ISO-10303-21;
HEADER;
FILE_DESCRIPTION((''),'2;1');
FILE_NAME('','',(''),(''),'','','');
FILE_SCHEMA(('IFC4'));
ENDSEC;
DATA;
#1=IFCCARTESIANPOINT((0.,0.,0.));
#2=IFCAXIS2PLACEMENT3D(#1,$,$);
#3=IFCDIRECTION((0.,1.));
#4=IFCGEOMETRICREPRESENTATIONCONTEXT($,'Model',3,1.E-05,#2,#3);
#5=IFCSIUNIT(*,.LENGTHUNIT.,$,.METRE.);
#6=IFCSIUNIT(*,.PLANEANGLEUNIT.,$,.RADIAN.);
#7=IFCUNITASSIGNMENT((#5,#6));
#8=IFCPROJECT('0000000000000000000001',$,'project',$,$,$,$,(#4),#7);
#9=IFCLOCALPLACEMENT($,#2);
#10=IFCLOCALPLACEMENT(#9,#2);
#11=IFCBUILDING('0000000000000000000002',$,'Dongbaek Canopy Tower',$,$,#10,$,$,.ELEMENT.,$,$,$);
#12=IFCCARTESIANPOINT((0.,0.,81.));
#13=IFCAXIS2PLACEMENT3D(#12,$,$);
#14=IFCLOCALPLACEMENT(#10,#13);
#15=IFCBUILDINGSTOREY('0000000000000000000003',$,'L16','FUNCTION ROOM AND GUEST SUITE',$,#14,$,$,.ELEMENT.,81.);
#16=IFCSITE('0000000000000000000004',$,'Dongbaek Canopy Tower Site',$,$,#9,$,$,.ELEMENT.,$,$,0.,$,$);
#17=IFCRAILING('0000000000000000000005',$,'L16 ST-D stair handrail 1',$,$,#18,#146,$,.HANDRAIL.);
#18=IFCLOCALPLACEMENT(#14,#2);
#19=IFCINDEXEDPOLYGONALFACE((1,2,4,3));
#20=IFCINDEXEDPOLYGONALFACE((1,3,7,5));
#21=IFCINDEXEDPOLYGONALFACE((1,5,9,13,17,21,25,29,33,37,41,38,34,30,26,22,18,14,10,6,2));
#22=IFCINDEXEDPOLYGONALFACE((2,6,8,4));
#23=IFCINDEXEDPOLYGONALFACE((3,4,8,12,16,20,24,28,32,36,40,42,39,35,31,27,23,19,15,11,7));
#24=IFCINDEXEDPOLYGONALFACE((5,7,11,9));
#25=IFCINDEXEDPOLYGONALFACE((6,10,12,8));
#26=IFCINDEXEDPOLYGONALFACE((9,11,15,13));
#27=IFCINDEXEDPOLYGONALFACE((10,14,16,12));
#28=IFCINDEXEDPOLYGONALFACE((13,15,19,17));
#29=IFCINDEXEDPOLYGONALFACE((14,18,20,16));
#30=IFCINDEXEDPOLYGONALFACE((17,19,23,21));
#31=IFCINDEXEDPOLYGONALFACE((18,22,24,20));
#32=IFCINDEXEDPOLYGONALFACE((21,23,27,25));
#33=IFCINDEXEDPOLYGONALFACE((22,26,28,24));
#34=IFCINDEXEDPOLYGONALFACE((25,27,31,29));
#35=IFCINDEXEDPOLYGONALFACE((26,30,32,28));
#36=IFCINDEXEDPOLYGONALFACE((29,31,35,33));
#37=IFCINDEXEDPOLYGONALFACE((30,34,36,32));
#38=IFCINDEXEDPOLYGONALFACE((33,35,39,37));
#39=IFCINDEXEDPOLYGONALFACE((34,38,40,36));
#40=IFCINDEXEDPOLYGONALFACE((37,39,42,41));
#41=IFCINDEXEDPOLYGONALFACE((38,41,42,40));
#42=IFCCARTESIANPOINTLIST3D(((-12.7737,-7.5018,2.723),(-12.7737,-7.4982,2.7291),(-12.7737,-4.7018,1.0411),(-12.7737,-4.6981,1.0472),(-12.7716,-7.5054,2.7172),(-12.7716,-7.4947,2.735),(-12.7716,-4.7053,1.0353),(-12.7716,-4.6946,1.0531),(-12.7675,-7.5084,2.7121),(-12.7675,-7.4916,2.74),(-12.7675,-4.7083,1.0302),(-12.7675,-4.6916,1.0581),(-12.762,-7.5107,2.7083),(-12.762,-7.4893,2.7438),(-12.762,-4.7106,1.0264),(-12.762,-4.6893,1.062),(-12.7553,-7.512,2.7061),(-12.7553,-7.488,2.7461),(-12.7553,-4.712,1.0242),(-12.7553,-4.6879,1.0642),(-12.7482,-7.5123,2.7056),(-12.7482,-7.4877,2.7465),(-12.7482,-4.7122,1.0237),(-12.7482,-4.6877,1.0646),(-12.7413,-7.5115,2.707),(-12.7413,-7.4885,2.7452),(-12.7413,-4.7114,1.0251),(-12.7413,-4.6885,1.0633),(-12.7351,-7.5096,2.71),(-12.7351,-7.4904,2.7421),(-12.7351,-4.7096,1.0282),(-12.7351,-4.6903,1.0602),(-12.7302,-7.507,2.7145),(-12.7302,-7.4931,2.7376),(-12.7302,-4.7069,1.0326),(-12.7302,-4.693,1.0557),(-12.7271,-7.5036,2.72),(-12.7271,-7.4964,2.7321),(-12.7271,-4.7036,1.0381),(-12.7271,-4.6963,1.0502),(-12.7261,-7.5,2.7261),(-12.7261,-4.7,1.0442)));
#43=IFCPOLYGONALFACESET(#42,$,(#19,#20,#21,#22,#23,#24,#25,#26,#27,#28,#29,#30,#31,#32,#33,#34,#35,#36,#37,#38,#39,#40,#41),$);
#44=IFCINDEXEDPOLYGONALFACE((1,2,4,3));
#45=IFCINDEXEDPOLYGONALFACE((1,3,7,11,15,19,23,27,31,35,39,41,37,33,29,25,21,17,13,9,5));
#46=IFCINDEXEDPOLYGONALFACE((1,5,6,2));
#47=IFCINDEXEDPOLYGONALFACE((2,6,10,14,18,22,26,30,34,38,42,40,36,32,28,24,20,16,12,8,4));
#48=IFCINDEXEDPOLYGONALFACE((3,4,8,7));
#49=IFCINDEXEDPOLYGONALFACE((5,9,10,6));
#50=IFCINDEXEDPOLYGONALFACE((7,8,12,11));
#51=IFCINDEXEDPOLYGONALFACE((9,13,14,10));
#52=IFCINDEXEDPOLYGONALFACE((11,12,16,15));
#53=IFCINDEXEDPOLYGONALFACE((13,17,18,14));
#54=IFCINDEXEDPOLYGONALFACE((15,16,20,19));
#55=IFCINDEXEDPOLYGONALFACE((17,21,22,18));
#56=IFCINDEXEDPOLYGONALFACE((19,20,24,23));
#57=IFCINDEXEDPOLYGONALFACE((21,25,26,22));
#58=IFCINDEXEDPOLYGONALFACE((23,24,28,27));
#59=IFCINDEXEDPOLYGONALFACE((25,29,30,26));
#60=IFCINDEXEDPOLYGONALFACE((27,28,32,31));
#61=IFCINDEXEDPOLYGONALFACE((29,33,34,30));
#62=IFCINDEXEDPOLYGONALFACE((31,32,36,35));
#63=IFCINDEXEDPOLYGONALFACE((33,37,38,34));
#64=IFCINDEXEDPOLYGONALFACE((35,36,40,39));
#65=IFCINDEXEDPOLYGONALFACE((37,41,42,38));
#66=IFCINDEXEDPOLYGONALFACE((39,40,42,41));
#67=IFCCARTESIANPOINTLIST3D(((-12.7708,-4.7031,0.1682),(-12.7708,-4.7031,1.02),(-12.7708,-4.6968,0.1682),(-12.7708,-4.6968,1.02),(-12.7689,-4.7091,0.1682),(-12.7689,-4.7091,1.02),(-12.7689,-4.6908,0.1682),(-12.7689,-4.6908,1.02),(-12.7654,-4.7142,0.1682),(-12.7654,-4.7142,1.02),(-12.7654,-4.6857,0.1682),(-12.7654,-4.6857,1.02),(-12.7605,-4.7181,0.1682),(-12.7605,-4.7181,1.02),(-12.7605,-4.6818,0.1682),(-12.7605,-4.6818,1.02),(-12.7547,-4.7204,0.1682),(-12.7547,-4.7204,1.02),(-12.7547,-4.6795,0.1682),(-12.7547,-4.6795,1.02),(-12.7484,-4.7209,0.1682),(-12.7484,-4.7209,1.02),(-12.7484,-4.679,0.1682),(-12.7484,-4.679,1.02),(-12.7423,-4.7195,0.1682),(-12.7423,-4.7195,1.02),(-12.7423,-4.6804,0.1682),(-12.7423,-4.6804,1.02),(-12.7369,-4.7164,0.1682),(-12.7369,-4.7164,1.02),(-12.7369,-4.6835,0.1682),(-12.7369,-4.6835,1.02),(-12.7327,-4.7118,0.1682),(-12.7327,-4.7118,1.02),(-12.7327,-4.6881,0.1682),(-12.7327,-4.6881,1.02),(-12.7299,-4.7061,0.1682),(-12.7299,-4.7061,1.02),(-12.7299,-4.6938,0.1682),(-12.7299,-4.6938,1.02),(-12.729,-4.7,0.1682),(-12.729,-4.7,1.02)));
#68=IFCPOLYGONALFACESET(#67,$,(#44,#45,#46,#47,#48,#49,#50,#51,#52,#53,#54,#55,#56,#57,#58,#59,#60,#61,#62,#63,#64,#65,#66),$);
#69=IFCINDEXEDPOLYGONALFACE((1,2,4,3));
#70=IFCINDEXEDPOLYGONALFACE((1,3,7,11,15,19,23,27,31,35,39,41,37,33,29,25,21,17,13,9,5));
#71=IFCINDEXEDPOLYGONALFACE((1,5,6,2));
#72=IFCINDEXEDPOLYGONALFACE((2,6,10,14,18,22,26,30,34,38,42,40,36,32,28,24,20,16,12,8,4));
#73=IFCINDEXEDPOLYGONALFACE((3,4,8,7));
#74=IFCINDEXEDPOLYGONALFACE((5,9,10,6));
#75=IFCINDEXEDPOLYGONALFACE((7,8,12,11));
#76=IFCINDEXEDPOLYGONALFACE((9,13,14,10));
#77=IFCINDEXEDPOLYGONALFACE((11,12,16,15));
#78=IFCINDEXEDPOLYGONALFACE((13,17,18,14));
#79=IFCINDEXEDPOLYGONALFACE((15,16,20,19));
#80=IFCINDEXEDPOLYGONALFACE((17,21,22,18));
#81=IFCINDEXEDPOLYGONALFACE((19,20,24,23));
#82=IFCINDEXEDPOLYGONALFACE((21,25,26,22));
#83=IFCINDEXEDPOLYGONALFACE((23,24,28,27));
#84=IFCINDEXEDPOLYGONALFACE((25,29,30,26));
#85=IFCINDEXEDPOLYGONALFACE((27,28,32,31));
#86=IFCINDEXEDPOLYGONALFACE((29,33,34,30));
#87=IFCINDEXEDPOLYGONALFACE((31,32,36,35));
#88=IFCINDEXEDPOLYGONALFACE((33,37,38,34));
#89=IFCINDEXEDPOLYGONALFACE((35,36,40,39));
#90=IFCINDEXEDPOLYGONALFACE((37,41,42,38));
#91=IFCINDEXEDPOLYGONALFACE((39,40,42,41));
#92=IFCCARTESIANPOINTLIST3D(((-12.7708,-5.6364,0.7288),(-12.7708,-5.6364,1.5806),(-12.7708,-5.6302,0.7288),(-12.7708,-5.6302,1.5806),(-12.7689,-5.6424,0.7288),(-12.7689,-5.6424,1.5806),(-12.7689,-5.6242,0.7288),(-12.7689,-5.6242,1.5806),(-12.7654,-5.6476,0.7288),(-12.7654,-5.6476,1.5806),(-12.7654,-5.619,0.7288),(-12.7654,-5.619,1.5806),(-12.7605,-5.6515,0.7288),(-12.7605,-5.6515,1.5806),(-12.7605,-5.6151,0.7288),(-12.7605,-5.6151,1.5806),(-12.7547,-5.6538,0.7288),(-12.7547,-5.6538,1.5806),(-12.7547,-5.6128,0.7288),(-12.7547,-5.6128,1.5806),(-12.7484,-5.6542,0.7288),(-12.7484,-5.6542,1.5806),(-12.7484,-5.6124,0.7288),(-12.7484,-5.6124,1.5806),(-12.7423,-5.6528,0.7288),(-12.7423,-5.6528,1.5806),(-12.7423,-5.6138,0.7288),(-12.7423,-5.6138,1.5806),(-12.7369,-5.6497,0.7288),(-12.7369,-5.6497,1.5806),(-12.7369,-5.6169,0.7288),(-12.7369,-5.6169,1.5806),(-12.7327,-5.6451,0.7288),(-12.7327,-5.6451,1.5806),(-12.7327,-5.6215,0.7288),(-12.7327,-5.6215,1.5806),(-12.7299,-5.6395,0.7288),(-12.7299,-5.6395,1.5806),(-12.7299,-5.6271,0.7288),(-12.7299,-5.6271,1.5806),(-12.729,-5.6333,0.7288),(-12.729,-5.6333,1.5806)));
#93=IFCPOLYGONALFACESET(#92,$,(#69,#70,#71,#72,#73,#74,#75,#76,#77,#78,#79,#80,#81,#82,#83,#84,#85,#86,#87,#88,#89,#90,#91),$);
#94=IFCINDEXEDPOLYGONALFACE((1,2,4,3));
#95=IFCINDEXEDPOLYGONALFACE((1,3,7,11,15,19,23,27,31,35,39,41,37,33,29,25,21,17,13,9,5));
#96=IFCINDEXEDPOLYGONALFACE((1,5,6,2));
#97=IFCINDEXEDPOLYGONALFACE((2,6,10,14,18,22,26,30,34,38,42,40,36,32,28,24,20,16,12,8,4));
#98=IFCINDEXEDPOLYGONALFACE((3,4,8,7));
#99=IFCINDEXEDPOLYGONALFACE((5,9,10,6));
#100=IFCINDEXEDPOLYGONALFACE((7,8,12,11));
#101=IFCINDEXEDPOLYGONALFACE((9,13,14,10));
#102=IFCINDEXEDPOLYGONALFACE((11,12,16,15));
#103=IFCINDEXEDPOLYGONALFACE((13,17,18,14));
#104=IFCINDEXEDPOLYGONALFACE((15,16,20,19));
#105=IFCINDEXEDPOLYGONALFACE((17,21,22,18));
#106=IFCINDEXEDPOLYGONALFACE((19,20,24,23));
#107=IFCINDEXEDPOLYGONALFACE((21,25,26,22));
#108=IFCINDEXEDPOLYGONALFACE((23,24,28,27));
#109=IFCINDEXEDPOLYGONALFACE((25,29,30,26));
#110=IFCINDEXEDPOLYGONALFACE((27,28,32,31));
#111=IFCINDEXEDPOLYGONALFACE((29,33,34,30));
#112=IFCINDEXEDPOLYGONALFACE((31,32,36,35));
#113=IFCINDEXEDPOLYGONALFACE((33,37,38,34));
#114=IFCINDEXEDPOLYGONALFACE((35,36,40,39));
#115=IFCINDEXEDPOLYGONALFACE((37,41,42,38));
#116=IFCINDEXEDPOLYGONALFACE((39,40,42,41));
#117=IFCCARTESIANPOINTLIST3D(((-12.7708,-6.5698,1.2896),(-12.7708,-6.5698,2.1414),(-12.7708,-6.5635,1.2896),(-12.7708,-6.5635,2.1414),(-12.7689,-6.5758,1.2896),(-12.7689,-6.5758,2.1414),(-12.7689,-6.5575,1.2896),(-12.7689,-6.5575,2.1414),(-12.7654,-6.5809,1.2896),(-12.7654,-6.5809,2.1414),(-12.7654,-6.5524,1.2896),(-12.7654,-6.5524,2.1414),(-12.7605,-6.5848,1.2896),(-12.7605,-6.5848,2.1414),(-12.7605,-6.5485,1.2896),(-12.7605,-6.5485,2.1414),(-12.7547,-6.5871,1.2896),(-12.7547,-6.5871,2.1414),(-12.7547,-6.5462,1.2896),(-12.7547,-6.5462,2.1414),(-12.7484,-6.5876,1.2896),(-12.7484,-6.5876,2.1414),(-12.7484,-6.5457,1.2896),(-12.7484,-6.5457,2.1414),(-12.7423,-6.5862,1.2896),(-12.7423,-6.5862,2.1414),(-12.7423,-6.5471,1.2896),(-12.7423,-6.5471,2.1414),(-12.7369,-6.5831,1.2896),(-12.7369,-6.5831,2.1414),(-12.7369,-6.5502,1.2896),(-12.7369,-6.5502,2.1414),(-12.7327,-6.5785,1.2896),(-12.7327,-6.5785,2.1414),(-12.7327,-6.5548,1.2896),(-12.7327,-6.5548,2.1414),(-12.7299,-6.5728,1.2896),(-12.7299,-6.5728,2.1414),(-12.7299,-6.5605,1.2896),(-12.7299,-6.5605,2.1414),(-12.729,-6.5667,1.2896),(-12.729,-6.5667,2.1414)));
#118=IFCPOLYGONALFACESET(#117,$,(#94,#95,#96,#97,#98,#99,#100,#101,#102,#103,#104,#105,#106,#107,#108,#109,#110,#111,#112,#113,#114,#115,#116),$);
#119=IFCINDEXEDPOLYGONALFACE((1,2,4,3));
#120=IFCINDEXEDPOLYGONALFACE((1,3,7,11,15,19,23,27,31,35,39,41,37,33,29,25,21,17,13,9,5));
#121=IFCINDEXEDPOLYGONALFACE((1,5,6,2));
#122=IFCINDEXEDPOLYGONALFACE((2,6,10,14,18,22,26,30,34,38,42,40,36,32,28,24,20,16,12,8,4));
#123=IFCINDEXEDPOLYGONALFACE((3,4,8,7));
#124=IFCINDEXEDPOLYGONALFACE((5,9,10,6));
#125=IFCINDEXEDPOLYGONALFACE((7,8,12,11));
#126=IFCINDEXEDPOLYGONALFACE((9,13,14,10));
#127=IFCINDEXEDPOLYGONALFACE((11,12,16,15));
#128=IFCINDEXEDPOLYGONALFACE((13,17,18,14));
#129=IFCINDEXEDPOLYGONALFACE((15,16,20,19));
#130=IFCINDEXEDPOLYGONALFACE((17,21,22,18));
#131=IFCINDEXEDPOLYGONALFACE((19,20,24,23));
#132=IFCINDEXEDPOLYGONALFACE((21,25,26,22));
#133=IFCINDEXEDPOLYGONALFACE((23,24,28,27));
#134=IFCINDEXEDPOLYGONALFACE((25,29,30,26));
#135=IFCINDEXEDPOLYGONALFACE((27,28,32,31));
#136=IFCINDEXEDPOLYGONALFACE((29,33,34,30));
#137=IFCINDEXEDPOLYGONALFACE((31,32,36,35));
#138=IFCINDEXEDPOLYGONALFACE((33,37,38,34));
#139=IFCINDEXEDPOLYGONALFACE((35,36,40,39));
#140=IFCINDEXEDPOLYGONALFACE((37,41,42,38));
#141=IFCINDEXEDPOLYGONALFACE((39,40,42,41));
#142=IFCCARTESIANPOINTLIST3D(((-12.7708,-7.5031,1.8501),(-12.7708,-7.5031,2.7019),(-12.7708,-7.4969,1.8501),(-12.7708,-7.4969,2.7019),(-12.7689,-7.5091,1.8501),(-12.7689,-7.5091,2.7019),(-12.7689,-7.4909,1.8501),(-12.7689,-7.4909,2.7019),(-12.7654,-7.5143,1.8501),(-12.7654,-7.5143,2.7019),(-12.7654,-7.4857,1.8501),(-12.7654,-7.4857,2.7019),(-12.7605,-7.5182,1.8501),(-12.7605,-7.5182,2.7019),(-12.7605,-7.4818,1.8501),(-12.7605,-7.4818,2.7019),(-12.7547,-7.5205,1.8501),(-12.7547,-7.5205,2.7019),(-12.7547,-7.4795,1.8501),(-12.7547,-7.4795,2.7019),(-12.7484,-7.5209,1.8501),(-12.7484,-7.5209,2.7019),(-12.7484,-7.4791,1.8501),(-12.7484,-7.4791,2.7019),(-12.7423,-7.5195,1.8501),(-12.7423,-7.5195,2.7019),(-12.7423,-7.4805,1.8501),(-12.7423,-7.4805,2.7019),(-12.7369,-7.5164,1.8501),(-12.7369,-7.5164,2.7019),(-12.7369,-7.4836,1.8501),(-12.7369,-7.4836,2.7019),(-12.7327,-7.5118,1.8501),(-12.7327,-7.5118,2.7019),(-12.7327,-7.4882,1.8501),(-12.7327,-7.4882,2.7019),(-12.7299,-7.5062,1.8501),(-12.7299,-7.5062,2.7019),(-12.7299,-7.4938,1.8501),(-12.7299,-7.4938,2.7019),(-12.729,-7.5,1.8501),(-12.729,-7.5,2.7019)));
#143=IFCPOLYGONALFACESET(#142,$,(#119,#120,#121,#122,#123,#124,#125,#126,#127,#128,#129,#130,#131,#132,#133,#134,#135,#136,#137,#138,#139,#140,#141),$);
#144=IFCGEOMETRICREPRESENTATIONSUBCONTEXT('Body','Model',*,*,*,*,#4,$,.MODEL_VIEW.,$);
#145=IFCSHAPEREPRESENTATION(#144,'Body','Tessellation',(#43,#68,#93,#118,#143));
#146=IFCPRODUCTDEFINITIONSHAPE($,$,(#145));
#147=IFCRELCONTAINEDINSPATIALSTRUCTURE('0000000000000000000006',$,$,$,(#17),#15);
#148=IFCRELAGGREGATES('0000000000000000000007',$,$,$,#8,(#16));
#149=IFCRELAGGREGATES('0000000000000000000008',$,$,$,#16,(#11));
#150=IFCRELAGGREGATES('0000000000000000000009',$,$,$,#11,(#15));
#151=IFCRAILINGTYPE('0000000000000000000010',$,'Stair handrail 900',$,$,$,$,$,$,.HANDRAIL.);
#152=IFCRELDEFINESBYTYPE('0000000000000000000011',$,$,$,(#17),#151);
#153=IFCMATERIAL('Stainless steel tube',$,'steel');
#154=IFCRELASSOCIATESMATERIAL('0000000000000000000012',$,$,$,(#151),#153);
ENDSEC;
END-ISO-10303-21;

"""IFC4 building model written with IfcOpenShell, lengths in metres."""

from ifc_helpers import new_model, si_unit, direction, frame, origin, origin_2d, place, context, subcontext, project, spatial, circle, extrude, material, type_object, element, save


model = new_model("IFC4")

# Units and contexts
model_context = context("Model", 3, precision=1e-05, world=origin(), true_north=direction((0.0, 1.0)))
body_context = subcontext(model_context, "Body", "Model", "MODEL_VIEW")
ifc_project = project(units=[si_unit("LENGTHUNIT", "METRE"), si_unit("PLANEANGLEUNIT", "RADIAN")], contexts=[model_context])

# Site, building, storey
site_placement = place(None, origin())
site = spatial("IfcSite", under=ifc_project, at=site_placement, Name="Dongbaek Canopy Tower Site", CompositionType="ELEMENT", RefElevation=0.0)
building_placement = place(site_placement, origin())
building = spatial("IfcBuilding", under=site, at=building_placement, Name="Dongbaek Canopy Tower", CompositionType="ELEMENT")
storey_placement = place(building_placement, frame((0.0, 0.0, 81.0)))
storey = spatial("IfcBuildingStorey", under=building, at=storey_placement, Name="L16", Description="FUNCTION ROOM AND GUEST SUITE", CompositionType="ELEMENT", Elevation=81.0)

# Railing
ifc_material_1 = material(Name="Stainless steel tube", Category="steel")
railing_type_1 = type_object("IfcRailingType", Name="Stair handrail 900", PredefinedType="HANDRAIL", material=ifc_material_1)
railing_1_placement = place(storey_placement, frame((-12.75, -4.7, 0.1682)))
element("IfcRailing", 1, at=railing_1_placement, inside=storey, type_object=railing_type_1, Name="L16 ST-D stair handrail 1", PredefinedType="HANDRAIL", context=body_context, shape_type="SweptSolid", body=[
    extrude(circle(Radius=0.0239, at=origin_2d()), frame((0.0, 0.0, 0.876), z_axis=(0.0, -0.857242, 0.514913), x_axis=(1.0, 0.0, 0.0)), (0.0, 0.0, 1.0), 3.2664),
    extrude(circle(Radius=0.021, at=origin_2d()), origin(), (0.0, 0.0, 1.0), 0.8518),
    extrude(circle(Radius=0.021, at=origin_2d()), frame((0.0, -0.9333, 0.5605)), (0.0, 0.0, 1.0), 0.8518),
    extrude(circle(Radius=0.021, at=origin_2d()), frame((0.0, -1.8667, 1.1213)), (0.0, 0.0, 1.0), 0.8518),
    extrude(circle(Radius=0.021, at=origin_2d()), frame((0.0, -2.8, 1.6819)), (0.0, 0.0, 1.0), 0.8518),
])

save(model, "model.ifc")
